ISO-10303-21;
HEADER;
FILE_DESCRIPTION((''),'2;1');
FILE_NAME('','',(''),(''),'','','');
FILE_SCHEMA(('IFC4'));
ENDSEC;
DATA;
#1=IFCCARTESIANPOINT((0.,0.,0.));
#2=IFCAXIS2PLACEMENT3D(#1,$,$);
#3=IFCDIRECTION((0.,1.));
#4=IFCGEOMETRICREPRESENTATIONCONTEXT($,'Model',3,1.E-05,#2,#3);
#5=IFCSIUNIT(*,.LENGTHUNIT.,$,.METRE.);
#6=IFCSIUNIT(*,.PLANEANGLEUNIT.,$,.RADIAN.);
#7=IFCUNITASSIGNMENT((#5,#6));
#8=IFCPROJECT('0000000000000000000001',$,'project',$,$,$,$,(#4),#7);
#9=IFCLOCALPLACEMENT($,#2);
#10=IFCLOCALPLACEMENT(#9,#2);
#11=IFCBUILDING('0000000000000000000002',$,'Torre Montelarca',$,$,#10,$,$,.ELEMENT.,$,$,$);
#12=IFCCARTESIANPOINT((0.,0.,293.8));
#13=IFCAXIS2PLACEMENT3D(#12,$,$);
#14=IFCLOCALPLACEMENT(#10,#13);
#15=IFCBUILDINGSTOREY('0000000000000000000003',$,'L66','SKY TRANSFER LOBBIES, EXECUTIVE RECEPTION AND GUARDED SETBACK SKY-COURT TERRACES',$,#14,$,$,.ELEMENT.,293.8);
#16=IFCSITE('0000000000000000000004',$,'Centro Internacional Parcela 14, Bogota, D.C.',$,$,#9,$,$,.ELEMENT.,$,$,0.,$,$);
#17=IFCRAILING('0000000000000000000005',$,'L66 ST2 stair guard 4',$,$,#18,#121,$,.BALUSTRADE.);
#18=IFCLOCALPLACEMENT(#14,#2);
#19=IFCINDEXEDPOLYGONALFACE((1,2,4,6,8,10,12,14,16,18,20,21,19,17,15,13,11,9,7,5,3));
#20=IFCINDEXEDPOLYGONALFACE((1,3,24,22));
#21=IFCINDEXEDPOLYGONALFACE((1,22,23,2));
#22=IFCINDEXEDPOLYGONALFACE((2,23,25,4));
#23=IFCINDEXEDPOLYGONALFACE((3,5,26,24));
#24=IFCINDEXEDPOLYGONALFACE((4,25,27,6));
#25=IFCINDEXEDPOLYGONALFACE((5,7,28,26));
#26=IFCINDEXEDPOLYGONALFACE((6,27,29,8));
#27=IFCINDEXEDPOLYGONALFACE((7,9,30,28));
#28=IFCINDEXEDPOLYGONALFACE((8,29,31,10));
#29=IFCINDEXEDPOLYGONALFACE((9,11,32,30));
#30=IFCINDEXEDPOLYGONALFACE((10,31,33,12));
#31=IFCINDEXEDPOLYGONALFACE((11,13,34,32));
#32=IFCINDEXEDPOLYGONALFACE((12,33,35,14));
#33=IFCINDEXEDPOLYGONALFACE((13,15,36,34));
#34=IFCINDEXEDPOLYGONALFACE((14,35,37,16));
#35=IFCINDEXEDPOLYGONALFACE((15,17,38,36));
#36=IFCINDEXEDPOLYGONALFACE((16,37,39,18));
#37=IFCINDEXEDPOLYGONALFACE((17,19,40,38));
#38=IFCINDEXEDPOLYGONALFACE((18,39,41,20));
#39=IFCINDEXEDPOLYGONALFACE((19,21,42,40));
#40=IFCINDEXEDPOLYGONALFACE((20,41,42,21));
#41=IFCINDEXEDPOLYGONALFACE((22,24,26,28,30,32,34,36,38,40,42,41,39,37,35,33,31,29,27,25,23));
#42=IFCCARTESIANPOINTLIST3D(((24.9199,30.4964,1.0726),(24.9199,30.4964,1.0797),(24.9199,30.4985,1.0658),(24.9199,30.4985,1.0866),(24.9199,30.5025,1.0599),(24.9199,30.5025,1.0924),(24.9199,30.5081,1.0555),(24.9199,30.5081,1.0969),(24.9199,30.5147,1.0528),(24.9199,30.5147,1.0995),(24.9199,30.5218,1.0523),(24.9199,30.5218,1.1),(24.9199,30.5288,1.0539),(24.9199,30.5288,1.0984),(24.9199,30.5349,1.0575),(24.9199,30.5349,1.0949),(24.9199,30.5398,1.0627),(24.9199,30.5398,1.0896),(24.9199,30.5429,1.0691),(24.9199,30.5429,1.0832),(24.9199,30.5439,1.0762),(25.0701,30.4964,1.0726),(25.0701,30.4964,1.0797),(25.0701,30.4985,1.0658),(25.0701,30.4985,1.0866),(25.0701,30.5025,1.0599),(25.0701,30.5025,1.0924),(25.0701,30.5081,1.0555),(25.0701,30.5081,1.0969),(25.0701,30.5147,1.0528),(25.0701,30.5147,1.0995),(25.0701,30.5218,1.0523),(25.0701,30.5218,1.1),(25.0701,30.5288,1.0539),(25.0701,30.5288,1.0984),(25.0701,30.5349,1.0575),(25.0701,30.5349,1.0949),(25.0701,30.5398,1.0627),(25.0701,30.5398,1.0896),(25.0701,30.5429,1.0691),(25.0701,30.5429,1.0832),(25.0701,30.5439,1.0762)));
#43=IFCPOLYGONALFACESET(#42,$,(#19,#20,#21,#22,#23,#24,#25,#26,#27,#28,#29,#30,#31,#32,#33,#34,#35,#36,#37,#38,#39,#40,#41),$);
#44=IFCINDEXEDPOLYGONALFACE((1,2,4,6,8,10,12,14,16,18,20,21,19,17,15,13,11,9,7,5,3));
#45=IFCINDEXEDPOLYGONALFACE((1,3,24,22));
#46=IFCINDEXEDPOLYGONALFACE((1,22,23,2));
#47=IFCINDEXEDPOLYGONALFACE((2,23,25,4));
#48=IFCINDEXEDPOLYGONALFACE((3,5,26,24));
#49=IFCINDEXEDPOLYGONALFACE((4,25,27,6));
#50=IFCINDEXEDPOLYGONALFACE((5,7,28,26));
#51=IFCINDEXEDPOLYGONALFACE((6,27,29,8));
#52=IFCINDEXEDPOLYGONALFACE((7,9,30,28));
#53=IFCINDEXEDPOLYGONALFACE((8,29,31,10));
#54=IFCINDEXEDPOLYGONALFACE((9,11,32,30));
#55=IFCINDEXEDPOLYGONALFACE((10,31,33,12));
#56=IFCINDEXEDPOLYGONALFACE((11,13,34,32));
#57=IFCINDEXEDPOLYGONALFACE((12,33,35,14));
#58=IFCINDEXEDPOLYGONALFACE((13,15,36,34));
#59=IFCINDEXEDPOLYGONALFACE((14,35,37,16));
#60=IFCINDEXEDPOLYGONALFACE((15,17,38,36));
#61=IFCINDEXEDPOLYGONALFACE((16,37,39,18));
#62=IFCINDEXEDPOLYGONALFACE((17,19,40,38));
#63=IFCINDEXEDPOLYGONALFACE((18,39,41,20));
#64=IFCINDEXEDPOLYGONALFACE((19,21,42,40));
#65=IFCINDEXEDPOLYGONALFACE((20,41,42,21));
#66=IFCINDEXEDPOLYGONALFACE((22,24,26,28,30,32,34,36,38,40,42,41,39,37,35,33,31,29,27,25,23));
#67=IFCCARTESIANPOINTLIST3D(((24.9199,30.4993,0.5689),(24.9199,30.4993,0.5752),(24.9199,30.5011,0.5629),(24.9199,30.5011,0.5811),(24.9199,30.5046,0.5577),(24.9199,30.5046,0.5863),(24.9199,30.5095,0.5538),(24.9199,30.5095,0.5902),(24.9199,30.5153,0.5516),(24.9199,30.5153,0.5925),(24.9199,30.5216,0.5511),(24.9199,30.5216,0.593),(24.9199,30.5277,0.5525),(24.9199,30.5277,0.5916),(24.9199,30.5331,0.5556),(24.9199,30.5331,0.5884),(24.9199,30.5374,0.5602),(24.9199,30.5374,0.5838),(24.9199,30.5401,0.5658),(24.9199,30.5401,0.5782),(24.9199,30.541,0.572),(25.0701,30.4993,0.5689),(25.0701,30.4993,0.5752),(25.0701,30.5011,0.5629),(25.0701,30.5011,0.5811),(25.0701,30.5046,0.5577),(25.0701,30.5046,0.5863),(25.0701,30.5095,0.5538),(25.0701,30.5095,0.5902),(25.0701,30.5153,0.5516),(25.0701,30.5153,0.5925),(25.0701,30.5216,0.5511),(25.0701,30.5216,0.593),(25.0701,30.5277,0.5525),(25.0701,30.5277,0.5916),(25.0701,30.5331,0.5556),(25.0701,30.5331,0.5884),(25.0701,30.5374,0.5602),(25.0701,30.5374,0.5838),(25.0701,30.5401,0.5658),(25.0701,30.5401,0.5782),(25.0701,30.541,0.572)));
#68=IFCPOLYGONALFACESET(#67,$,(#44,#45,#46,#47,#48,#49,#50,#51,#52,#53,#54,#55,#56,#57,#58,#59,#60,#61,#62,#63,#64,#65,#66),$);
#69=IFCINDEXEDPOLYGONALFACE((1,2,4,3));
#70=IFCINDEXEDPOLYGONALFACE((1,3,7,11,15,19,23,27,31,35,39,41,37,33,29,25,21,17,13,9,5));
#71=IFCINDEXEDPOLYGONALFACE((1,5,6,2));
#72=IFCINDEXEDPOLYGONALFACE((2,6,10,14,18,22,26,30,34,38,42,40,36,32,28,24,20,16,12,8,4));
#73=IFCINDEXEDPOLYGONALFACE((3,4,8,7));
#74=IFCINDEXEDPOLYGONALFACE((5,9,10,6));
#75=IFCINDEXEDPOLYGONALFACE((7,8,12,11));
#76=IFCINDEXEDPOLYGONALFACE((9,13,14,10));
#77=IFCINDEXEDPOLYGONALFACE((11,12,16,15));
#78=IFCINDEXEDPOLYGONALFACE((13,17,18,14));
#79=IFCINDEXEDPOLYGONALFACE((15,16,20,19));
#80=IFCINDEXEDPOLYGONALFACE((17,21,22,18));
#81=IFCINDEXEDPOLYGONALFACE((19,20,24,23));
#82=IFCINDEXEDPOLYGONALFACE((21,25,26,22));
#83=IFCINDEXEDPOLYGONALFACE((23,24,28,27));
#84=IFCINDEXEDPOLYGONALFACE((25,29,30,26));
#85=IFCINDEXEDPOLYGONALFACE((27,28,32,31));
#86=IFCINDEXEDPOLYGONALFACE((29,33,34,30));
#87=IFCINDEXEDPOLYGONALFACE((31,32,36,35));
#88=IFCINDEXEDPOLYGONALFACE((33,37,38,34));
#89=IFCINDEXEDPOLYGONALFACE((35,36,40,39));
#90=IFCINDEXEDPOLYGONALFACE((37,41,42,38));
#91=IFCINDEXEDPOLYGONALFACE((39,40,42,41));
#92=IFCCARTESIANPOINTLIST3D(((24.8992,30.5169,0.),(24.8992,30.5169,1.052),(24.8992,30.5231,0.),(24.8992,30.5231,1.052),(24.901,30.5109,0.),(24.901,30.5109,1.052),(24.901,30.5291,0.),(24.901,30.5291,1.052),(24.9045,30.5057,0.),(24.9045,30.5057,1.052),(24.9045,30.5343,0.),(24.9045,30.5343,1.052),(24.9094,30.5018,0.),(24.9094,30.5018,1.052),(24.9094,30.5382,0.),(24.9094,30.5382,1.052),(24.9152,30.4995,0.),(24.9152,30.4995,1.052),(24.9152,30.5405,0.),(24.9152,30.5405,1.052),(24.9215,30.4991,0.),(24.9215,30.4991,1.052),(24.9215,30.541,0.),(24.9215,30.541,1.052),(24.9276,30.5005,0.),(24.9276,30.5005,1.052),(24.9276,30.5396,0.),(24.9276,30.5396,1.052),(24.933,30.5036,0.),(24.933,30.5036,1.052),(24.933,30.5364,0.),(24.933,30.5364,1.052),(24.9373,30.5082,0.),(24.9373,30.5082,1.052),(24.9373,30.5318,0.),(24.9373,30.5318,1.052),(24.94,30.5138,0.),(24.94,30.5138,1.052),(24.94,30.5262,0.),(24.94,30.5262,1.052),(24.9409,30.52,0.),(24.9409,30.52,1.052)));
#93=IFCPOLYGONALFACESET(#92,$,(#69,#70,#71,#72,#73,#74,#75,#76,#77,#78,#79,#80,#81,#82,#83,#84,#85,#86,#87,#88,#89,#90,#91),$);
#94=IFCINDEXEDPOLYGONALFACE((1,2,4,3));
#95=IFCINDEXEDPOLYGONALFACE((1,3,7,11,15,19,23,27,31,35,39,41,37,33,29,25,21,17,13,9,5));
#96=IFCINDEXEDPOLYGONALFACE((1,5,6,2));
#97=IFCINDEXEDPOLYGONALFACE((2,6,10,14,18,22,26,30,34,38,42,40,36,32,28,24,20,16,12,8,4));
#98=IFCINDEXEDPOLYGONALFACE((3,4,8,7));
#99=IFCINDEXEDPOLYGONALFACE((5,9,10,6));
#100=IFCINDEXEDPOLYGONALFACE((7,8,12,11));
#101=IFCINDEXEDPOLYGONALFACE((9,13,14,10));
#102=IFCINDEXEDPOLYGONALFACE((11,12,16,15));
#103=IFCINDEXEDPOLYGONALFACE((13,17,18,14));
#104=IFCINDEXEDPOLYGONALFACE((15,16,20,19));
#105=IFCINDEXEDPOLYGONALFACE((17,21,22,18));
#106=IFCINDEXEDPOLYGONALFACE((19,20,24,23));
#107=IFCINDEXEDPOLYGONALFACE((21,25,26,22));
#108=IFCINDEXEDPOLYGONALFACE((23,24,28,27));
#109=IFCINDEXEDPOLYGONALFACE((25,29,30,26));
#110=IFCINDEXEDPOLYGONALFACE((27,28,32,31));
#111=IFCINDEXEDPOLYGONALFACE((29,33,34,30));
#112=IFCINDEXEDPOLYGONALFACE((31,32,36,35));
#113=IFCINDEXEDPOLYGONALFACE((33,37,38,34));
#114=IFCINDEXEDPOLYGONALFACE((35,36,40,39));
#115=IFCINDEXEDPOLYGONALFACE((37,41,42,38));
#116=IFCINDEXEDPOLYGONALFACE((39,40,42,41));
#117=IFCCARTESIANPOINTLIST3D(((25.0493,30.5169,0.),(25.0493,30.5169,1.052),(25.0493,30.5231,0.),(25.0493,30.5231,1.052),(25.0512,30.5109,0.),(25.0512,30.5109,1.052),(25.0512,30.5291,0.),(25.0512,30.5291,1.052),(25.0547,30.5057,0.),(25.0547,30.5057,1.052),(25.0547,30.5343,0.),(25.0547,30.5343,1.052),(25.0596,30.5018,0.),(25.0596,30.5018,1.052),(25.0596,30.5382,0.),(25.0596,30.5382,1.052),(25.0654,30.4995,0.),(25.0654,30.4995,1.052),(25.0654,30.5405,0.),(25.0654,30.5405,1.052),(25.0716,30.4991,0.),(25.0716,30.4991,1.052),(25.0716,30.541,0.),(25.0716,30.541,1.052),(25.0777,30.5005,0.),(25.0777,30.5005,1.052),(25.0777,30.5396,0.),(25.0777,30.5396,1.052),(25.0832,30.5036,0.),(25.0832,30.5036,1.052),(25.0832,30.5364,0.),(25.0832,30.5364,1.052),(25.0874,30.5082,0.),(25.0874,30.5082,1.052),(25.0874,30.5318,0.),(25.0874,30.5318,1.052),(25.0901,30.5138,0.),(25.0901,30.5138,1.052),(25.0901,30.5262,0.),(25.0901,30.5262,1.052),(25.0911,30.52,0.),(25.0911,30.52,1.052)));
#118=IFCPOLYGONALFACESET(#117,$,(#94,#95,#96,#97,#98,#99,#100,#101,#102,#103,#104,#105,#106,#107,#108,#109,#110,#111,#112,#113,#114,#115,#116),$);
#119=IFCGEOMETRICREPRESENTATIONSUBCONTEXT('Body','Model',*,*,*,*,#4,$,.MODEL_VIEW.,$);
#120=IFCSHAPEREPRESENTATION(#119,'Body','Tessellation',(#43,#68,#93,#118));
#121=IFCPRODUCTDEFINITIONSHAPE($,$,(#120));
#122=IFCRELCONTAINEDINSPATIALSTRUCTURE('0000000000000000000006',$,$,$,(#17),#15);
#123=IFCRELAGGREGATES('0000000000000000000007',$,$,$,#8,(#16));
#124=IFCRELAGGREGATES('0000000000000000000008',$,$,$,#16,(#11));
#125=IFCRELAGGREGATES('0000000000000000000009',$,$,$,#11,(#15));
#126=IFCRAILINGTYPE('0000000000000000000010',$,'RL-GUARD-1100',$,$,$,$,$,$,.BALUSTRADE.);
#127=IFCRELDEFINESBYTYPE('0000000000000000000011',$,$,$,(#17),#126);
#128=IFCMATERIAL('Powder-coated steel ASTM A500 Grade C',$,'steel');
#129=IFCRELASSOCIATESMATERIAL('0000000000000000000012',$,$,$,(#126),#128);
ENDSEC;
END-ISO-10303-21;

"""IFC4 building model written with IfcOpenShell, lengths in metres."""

from ifc_helpers import new_model, si_unit, direction, frame, origin, origin_2d, place, context, subcontext, project, spatial, circle, extrude, material, type_object, element, save


model = new_model("IFC4")

# Units and contexts
model_context = context("Model", 3, precision=1e-05, world=origin(), true_north=direction((0.0, 1.0)))
body_context = subcontext(model_context, "Body", "Model", "MODEL_VIEW")
ifc_project = project(units=[si_unit("LENGTHUNIT", "METRE"), si_unit("PLANEANGLEUNIT", "RADIAN")], contexts=[model_context])

# Site, building, storey
site_placement = place(None, origin())
site = spatial("IfcSite", under=ifc_project, at=site_placement, Name="Centro Internacional Parcela 14, Bogota, D.C.", CompositionType="ELEMENT", RefElevation=0.0)
building_placement = place(site_placement, origin())
building = spatial("IfcBuilding", under=site, at=building_placement, Name="Torre Montelarca", CompositionType="ELEMENT")
storey_placement = place(building_placement, frame((0.0, 0.0, 293.8)))
storey = spatial("IfcBuildingStorey", under=building, at=storey_placement, Name="L66", Description="SKY TRANSFER LOBBIES, EXECUTIVE RECEPTION AND GUARDED SETBACK SKY-COURT TERRACES", CompositionType="ELEMENT", Elevation=293.8)

# Railing
ifc_material_1 = material(Name="Powder-coated steel ASTM A500 Grade C", Category="steel")
railing_type_1 = type_object("IfcRailingType", Name="RL-GUARD-1100", PredefinedType="BALUSTRADE", material=ifc_material_1)
railing_1_placement = place(storey_placement, frame((24.9199, 30.52, 0.0)))
element("IfcRailing", 1, at=railing_1_placement, inside=storey, type_object=railing_type_1, Name="L66 ST2 stair guard 4", PredefinedType="BALUSTRADE", context=body_context, shape_type="SweptSolid", body=[
    extrude(circle(Radius=0.0239, at=origin_2d()), frame((0.0, 0.0, 1.0762), z_axis=(1.0, 0.0, 0.0), x_axis=(0.0, 1.0, 0.0)), (0.0, 0.0, 1.0), 0.1501),
    extrude(circle(Radius=0.021, at=origin_2d()), frame((0.0, 0.0, 0.572), z_axis=(1.0, 0.0, 0.0), x_axis=(0.0, 1.0, 0.0)), (0.0, 0.0, 1.0), 0.1501),
    extrude(circle(Radius=0.021, at=origin_2d()), origin(), (0.0, 0.0, 1.0), 1.052),
    extrude(circle(Radius=0.021, at=origin_2d()), frame((0.1501, 0.0, 0.0)), (0.0, 0.0, 1.0), 1.052),
])

save(model, "model.ifc")
